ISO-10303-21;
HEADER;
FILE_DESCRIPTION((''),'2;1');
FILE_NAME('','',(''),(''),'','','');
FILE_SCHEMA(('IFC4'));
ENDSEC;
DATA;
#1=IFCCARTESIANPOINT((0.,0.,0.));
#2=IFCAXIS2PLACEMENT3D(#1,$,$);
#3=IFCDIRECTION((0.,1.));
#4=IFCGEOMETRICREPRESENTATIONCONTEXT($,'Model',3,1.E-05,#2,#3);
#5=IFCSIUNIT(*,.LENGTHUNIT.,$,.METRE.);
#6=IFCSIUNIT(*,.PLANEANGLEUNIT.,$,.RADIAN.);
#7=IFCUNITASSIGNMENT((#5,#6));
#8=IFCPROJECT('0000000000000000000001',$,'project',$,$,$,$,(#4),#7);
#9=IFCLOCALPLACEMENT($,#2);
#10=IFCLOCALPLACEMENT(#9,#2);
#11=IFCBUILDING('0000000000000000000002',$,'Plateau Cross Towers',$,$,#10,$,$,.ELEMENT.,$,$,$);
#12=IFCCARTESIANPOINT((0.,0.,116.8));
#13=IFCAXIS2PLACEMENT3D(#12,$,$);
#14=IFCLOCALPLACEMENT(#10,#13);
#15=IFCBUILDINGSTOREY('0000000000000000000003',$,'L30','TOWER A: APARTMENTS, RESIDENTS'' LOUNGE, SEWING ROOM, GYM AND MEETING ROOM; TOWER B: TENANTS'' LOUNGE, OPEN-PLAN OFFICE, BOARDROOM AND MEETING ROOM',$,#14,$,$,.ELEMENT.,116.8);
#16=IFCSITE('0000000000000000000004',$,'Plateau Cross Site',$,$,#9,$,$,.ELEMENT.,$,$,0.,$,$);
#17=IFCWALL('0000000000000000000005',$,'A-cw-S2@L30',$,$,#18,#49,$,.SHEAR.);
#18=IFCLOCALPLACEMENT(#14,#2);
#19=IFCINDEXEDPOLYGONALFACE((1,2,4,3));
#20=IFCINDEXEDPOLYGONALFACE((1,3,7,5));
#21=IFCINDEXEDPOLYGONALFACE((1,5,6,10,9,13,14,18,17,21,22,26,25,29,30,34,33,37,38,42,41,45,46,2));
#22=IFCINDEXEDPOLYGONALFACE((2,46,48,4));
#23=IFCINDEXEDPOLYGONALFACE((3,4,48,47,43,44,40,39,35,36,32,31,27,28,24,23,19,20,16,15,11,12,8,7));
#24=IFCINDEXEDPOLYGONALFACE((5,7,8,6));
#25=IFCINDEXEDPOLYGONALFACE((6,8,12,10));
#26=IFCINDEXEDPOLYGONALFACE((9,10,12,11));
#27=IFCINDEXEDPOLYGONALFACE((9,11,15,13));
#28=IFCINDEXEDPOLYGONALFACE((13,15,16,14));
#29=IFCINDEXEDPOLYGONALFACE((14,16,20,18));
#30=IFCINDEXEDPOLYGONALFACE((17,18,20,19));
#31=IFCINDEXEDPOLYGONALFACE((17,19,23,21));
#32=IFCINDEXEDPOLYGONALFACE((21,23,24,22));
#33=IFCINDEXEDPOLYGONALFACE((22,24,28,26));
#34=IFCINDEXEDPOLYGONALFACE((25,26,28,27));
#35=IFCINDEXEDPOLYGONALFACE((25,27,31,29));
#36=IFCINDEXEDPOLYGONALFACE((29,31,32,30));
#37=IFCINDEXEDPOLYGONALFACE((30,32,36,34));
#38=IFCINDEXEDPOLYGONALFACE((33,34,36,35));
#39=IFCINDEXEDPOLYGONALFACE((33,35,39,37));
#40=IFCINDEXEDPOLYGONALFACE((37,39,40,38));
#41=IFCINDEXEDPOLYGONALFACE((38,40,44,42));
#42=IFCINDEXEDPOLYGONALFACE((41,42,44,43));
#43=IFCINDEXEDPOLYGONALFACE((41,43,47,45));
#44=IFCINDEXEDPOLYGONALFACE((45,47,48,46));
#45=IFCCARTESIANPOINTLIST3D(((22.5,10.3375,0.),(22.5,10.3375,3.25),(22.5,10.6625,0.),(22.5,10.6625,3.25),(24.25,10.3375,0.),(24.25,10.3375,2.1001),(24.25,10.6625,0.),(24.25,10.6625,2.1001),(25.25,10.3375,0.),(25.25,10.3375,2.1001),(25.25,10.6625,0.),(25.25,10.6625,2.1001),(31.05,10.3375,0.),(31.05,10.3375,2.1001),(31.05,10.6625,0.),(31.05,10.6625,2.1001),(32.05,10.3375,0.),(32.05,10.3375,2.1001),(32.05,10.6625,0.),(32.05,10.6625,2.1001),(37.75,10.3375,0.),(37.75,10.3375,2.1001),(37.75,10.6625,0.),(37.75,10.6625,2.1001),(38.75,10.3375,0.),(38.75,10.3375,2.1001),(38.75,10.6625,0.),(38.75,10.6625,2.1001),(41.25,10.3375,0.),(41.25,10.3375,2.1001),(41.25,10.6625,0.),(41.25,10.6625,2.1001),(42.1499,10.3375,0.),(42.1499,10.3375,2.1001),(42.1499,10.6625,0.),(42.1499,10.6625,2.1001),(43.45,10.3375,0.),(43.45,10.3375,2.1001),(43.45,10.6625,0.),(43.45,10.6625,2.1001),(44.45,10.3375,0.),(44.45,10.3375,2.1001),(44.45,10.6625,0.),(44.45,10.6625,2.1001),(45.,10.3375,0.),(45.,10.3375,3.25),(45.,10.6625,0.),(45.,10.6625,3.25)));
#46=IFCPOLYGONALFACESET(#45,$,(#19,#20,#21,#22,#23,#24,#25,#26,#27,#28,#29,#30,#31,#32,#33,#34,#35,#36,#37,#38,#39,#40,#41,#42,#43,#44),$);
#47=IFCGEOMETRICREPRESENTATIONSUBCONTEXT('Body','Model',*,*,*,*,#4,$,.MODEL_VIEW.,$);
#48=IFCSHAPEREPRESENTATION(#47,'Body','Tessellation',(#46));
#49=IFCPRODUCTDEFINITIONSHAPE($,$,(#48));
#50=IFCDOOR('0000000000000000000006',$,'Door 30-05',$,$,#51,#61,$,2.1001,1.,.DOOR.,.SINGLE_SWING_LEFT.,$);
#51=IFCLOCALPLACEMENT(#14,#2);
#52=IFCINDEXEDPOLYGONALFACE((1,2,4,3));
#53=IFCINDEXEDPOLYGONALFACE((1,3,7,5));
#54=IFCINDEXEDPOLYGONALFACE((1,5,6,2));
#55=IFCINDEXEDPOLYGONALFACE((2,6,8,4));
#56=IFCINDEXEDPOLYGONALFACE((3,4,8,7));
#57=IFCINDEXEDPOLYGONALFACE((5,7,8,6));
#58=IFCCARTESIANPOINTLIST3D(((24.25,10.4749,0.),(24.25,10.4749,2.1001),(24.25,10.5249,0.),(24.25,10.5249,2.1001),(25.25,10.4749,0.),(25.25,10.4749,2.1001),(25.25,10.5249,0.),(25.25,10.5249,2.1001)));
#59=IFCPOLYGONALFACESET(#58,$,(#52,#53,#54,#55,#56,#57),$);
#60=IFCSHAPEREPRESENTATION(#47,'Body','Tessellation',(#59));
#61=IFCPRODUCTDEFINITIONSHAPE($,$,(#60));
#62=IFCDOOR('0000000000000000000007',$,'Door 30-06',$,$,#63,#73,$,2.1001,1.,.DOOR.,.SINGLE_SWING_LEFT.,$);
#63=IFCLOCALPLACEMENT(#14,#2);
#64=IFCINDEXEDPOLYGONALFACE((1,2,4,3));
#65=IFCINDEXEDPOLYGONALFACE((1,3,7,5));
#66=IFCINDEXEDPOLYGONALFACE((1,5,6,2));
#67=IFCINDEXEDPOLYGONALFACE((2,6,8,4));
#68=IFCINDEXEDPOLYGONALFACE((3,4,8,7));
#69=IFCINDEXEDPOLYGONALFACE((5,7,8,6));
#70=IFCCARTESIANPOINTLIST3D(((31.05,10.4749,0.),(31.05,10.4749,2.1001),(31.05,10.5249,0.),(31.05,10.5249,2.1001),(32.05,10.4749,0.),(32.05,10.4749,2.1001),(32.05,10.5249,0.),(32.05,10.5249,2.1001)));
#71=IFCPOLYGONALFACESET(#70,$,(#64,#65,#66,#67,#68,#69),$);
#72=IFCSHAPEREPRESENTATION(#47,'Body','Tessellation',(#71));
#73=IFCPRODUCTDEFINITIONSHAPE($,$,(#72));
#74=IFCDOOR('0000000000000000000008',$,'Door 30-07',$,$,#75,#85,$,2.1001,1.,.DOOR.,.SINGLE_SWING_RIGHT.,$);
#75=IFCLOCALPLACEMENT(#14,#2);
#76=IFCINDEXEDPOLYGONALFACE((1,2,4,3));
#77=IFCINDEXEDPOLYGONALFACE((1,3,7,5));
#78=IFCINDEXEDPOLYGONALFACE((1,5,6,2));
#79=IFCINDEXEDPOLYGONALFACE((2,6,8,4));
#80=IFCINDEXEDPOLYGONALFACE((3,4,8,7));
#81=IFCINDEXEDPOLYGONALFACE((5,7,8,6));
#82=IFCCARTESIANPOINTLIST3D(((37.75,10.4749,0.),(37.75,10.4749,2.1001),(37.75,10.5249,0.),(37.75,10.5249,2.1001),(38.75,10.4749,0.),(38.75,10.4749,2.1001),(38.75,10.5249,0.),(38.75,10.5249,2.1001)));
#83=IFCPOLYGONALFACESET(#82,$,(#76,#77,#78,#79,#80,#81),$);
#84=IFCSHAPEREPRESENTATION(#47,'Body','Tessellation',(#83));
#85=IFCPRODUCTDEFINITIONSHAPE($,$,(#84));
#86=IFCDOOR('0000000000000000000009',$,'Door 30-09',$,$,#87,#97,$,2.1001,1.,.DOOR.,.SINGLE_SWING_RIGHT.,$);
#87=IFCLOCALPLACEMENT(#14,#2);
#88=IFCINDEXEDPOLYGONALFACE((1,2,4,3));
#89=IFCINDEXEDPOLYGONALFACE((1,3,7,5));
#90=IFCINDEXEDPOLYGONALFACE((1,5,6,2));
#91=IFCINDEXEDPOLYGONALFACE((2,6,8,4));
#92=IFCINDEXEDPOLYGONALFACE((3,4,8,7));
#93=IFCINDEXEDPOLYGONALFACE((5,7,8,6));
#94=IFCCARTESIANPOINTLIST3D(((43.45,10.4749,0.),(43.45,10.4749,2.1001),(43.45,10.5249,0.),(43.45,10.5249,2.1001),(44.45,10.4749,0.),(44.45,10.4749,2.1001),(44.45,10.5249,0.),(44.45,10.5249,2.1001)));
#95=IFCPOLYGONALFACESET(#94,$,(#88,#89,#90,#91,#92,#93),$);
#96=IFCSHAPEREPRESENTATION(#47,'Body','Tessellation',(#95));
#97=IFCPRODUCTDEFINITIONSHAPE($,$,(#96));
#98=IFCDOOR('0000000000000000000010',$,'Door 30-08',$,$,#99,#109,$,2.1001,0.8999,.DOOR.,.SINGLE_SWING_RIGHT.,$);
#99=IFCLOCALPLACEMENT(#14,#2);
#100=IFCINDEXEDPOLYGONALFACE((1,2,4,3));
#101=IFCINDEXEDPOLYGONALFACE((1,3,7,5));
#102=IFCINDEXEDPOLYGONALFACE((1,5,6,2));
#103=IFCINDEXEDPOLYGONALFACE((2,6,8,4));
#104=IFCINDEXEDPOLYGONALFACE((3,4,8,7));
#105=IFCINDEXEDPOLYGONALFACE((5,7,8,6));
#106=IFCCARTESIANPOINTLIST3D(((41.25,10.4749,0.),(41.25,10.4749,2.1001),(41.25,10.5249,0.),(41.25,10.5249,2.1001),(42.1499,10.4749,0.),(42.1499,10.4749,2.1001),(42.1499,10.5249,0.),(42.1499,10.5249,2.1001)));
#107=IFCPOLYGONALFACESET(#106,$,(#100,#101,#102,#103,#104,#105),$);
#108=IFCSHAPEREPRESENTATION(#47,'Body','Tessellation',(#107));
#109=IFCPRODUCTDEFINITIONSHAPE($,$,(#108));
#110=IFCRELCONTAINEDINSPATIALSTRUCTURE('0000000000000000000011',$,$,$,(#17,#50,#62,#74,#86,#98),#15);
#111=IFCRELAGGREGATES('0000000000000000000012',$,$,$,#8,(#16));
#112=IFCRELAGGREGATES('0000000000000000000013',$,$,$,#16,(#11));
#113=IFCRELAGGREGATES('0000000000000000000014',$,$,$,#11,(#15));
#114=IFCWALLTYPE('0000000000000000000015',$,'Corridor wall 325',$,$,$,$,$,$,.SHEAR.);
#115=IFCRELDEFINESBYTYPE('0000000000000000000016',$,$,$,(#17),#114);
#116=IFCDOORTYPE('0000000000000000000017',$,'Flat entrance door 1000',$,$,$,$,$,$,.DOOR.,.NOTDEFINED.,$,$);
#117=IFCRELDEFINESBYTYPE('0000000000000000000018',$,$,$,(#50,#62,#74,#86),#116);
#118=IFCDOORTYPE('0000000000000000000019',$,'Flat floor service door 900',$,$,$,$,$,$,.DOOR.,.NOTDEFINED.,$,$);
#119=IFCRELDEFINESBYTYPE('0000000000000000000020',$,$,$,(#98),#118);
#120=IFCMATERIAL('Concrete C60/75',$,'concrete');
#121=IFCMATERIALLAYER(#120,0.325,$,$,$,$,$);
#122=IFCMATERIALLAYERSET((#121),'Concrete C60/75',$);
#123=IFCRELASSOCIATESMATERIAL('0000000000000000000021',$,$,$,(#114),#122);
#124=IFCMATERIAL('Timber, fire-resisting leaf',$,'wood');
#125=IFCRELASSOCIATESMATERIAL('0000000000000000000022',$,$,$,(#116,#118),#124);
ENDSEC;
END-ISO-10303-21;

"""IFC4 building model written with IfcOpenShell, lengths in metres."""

from ifc_helpers import new_model, si_unit, direction, frame, frame_2d, origin, place, context, subcontext, project, spatial, rectangle, extrude, material, layer, layer_set, type_object, element, fill, save


model = new_model("IFC4")

# Units and contexts
model_context = context("Model", 3, precision=1e-05, world=origin(), true_north=direction((0.0, 1.0)))
body_context = subcontext(model_context, "Body", "Model", "MODEL_VIEW")
ifc_project = project(units=[si_unit("LENGTHUNIT", "METRE"), si_unit("PLANEANGLEUNIT", "RADIAN")], contexts=[model_context])

# Site, building, storey
site_placement = place(None, origin())
site = spatial("IfcSite", under=ifc_project, at=site_placement, Name="Plateau Cross Site", CompositionType="ELEMENT", RefElevation=0.0)
building_placement = place(site_placement, origin())
building = spatial("IfcBuilding", under=site, at=building_placement, Name="Plateau Cross Towers", CompositionType="ELEMENT")
storey_placement = place(building_placement, frame((0.0, 0.0, 116.8)))
storey = spatial("IfcBuildingStorey", under=building, at=storey_placement, Name="L30", Description="TOWER A: APARTMENTS, RESIDENTS' LOUNGE, SEWING ROOM, GYM AND MEETING ROOM; TOWER B: TENANTS' LOUNGE, OPEN-PLAN OFFICE, BOARDROOM AND MEETING ROOM", CompositionType="ELEMENT", Elevation=116.8)

# Shared definitions
ifc_material_1 = material(Name="Concrete C60/75", Category="concrete")

# Shared definitions
ifc_material_2 = material(Name="Timber, fire-resisting leaf", Category="wood")

# Wall, openings, doors
ifc_layer_1 = layer(ifc_material_1, 0.325)
ifc_layer_set_1 = layer_set([ifc_layer_1], Name="Concrete C60/75")
wall_type_1 = type_object("IfcWallType", Name="Corridor wall 325", PredefinedType="SHEAR", material=ifc_layer_set_1)
door_type_1 = type_object("IfcDoorType", Name="Flat entrance door 1000", OperationType="NOTDEFINED", PredefinedType="DOOR", material=ifc_material_2)
wall_1_placement = place(storey_placement, frame((22.5, 10.5, 0.0), z_axis=(0.0, 0.0, 1.0), x_axis=(1.0, 0.0, 0.0)))
wall_1 = element("IfcWall", 1, at=wall_1_placement, inside=storey, type_object=wall_type_1, Name="A-cw-S2@L30", PredefinedType="SHEAR", context=body_context, shape_type="SweptSolid", body=[
    extrude(rectangle(XDim=22.5, YDim=0.325, at=frame_2d((11.25, 0.0))), origin(), (0.0, 0.0, 1.0), 3.25),
])
opening_1_placement = place(wall_1_placement, frame((1.75, 0.0, 0.0)))
opening_1 = element("IfcOpeningElement", 2, at=opening_1_placement, cuts=wall_1, PredefinedType="OPENING", context=body_context, shape_type="SweptSolid", body=[
    extrude(rectangle(XDim=1.0, YDim=2.1001, at=frame_2d((0.5, 1.05))), frame((0.0, 0.1724, 0.0), z_axis=(0.0, -1.0, 0.0), x_axis=(1.0, 0.0, 0.0)), (0.0, 0.0, 1.0), 0.345),
])
opening_2_placement = place(wall_1_placement, frame((8.55, 0.0, 0.0)))
opening_2 = element("IfcOpeningElement", 3, at=opening_2_placement, cuts=wall_1, PredefinedType="OPENING", context=body_context, shape_type="SweptSolid", body=[
    extrude(rectangle(XDim=1.0, YDim=2.1001, at=frame_2d((0.5, 1.05))), frame((0.0, 0.1724, 0.0), z_axis=(0.0, -1.0, 0.0), x_axis=(1.0, 0.0, 0.0)), (0.0, 0.0, 1.0), 0.345),
])
opening_3_placement = place(wall_1_placement, frame((15.25, 0.0, 0.0)))
opening_3 = element("IfcOpeningElement", 4, at=opening_3_placement, cuts=wall_1, PredefinedType="OPENING", context=body_context, shape_type="SweptSolid", body=[
    extrude(rectangle(XDim=1.0, YDim=2.1001, at=frame_2d((0.5, 1.05))), frame((0.0, 0.1724, 0.0), z_axis=(0.0, -1.0, 0.0), x_axis=(1.0, 0.0, 0.0)), (0.0, 0.0, 1.0), 0.345),
])
opening_4_placement = place(wall_1_placement, frame((18.75, 0.0, 0.0)))
opening_4 = element("IfcOpeningElement", 5, at=opening_4_placement, cuts=wall_1, PredefinedType="OPENING", context=body_context, shape_type="SweptSolid", body=[
    extrude(rectangle(XDim=0.8999, YDim=2.1001, at=frame_2d((0.45, 1.05))), frame((0.0, 0.1724, 0.0), z_axis=(0.0, -1.0, 0.0), x_axis=(1.0, 0.0, 0.0)), (0.0, 0.0, 1.0), 0.345),
])
opening_5_placement = place(wall_1_placement, frame((20.95, 0.0, 0.0)))
opening_5 = element("IfcOpeningElement", 6, at=opening_5_placement, cuts=wall_1, PredefinedType="OPENING", context=body_context, shape_type="SweptSolid", body=[
    extrude(rectangle(XDim=1.0, YDim=2.1001, at=frame_2d((0.5, 1.05))), frame((0.0, 0.1724, 0.0), z_axis=(0.0, -1.0, 0.0), x_axis=(1.0, 0.0, 0.0)), (0.0, 0.0, 1.0), 0.345),
])
door_1_placement = place(opening_1_placement, origin())
door_1 = element("IfcDoor", 7, at=door_1_placement, inside=storey, type_object=door_type_1, Name="Door 30-05", OperationType="SINGLE_SWING_LEFT", OverallHeight=2.1001, OverallWidth=1.0, PredefinedType="DOOR", context=body_context, shape_type="SweptSolid", body=[
    extrude(rectangle(XDim=1.0, YDim=2.1001, at=frame_2d((0.5, 1.05))), frame((0.0, 0.0249, 0.0), z_axis=(0.0, -1.0, 0.0), x_axis=(1.0, 0.0, 0.0)), (0.0, 0.0, 1.0), 0.05),
])
fill(opening_1, door_1)
door_2_placement = place(opening_2_placement, origin())
door_2 = element("IfcDoor", 8, at=door_2_placement, inside=storey, type_object=door_type_1, Name="Door 30-06", OperationType="SINGLE_SWING_LEFT", OverallHeight=2.1001, OverallWidth=1.0, PredefinedType="DOOR", context=body_context, shape_type="SweptSolid", body=[
    extrude(rectangle(XDim=1.0, YDim=2.1001, at=frame_2d((0.5, 1.05))), frame((0.0, 0.0249, 0.0), z_axis=(0.0, -1.0, 0.0), x_axis=(1.0, 0.0, 0.0)), (0.0, 0.0, 1.0), 0.05),
])
fill(opening_2, door_2)
door_3_placement = place(opening_3_placement, origin())
door_3 = element("IfcDoor", 9, at=door_3_placement, inside=storey, type_object=door_type_1, Name="Door 30-07", OperationType="SINGLE_SWING_RIGHT", OverallHeight=2.1001, OverallWidth=1.0, PredefinedType="DOOR", context=body_context, shape_type="SweptSolid", body=[
    extrude(rectangle(XDim=1.0, YDim=2.1001, at=frame_2d((0.5, 1.05))), frame((0.0, 0.0249, 0.0), z_axis=(0.0, -1.0, 0.0), x_axis=(1.0, 0.0, 0.0)), (0.0, 0.0, 1.0), 0.05),
])
fill(opening_3, door_3)
door_4_placement = place(opening_5_placement, origin())
door_4 = element("IfcDoor", 10, at=door_4_placement, inside=storey, type_object=door_type_1, Name="Door 30-09", OperationType="SINGLE_SWING_RIGHT", OverallHeight=2.1001, OverallWidth=1.0, PredefinedType="DOOR", context=body_context, shape_type="SweptSolid", body=[
    extrude(rectangle(XDim=1.0, YDim=2.1001, at=frame_2d((0.5, 1.05))), frame((0.0, 0.0249, 0.0), z_axis=(0.0, -1.0, 0.0), x_axis=(1.0, 0.0, 0.0)), (0.0, 0.0, 1.0), 0.05),
])
fill(opening_5, door_4)
door_type_2 = type_object("IfcDoorType", Name="Flat floor service door 900", OperationType="NOTDEFINED", PredefinedType="DOOR", material=ifc_material_2)
door_5_placement = place(opening_4_placement, origin())
door_5 = element("IfcDoor", 11, at=door_5_placement, inside=storey, type_object=door_type_2, Name="Door 30-08", OperationType="SINGLE_SWING_RIGHT", OverallHeight=2.1001, OverallWidth=0.8999, PredefinedType="DOOR", context=body_context, shape_type="SweptSolid", body=[
    extrude(rectangle(XDim=0.8999, YDim=2.1001, at=frame_2d((0.45, 1.05))), frame((0.0, 0.0249, 0.0), z_axis=(0.0, -1.0, 0.0), x_axis=(1.0, 0.0, 0.0)), (0.0, 0.0, 1.0), 0.05),
])
fill(opening_4, door_5)

save(model, "model.ifc")
